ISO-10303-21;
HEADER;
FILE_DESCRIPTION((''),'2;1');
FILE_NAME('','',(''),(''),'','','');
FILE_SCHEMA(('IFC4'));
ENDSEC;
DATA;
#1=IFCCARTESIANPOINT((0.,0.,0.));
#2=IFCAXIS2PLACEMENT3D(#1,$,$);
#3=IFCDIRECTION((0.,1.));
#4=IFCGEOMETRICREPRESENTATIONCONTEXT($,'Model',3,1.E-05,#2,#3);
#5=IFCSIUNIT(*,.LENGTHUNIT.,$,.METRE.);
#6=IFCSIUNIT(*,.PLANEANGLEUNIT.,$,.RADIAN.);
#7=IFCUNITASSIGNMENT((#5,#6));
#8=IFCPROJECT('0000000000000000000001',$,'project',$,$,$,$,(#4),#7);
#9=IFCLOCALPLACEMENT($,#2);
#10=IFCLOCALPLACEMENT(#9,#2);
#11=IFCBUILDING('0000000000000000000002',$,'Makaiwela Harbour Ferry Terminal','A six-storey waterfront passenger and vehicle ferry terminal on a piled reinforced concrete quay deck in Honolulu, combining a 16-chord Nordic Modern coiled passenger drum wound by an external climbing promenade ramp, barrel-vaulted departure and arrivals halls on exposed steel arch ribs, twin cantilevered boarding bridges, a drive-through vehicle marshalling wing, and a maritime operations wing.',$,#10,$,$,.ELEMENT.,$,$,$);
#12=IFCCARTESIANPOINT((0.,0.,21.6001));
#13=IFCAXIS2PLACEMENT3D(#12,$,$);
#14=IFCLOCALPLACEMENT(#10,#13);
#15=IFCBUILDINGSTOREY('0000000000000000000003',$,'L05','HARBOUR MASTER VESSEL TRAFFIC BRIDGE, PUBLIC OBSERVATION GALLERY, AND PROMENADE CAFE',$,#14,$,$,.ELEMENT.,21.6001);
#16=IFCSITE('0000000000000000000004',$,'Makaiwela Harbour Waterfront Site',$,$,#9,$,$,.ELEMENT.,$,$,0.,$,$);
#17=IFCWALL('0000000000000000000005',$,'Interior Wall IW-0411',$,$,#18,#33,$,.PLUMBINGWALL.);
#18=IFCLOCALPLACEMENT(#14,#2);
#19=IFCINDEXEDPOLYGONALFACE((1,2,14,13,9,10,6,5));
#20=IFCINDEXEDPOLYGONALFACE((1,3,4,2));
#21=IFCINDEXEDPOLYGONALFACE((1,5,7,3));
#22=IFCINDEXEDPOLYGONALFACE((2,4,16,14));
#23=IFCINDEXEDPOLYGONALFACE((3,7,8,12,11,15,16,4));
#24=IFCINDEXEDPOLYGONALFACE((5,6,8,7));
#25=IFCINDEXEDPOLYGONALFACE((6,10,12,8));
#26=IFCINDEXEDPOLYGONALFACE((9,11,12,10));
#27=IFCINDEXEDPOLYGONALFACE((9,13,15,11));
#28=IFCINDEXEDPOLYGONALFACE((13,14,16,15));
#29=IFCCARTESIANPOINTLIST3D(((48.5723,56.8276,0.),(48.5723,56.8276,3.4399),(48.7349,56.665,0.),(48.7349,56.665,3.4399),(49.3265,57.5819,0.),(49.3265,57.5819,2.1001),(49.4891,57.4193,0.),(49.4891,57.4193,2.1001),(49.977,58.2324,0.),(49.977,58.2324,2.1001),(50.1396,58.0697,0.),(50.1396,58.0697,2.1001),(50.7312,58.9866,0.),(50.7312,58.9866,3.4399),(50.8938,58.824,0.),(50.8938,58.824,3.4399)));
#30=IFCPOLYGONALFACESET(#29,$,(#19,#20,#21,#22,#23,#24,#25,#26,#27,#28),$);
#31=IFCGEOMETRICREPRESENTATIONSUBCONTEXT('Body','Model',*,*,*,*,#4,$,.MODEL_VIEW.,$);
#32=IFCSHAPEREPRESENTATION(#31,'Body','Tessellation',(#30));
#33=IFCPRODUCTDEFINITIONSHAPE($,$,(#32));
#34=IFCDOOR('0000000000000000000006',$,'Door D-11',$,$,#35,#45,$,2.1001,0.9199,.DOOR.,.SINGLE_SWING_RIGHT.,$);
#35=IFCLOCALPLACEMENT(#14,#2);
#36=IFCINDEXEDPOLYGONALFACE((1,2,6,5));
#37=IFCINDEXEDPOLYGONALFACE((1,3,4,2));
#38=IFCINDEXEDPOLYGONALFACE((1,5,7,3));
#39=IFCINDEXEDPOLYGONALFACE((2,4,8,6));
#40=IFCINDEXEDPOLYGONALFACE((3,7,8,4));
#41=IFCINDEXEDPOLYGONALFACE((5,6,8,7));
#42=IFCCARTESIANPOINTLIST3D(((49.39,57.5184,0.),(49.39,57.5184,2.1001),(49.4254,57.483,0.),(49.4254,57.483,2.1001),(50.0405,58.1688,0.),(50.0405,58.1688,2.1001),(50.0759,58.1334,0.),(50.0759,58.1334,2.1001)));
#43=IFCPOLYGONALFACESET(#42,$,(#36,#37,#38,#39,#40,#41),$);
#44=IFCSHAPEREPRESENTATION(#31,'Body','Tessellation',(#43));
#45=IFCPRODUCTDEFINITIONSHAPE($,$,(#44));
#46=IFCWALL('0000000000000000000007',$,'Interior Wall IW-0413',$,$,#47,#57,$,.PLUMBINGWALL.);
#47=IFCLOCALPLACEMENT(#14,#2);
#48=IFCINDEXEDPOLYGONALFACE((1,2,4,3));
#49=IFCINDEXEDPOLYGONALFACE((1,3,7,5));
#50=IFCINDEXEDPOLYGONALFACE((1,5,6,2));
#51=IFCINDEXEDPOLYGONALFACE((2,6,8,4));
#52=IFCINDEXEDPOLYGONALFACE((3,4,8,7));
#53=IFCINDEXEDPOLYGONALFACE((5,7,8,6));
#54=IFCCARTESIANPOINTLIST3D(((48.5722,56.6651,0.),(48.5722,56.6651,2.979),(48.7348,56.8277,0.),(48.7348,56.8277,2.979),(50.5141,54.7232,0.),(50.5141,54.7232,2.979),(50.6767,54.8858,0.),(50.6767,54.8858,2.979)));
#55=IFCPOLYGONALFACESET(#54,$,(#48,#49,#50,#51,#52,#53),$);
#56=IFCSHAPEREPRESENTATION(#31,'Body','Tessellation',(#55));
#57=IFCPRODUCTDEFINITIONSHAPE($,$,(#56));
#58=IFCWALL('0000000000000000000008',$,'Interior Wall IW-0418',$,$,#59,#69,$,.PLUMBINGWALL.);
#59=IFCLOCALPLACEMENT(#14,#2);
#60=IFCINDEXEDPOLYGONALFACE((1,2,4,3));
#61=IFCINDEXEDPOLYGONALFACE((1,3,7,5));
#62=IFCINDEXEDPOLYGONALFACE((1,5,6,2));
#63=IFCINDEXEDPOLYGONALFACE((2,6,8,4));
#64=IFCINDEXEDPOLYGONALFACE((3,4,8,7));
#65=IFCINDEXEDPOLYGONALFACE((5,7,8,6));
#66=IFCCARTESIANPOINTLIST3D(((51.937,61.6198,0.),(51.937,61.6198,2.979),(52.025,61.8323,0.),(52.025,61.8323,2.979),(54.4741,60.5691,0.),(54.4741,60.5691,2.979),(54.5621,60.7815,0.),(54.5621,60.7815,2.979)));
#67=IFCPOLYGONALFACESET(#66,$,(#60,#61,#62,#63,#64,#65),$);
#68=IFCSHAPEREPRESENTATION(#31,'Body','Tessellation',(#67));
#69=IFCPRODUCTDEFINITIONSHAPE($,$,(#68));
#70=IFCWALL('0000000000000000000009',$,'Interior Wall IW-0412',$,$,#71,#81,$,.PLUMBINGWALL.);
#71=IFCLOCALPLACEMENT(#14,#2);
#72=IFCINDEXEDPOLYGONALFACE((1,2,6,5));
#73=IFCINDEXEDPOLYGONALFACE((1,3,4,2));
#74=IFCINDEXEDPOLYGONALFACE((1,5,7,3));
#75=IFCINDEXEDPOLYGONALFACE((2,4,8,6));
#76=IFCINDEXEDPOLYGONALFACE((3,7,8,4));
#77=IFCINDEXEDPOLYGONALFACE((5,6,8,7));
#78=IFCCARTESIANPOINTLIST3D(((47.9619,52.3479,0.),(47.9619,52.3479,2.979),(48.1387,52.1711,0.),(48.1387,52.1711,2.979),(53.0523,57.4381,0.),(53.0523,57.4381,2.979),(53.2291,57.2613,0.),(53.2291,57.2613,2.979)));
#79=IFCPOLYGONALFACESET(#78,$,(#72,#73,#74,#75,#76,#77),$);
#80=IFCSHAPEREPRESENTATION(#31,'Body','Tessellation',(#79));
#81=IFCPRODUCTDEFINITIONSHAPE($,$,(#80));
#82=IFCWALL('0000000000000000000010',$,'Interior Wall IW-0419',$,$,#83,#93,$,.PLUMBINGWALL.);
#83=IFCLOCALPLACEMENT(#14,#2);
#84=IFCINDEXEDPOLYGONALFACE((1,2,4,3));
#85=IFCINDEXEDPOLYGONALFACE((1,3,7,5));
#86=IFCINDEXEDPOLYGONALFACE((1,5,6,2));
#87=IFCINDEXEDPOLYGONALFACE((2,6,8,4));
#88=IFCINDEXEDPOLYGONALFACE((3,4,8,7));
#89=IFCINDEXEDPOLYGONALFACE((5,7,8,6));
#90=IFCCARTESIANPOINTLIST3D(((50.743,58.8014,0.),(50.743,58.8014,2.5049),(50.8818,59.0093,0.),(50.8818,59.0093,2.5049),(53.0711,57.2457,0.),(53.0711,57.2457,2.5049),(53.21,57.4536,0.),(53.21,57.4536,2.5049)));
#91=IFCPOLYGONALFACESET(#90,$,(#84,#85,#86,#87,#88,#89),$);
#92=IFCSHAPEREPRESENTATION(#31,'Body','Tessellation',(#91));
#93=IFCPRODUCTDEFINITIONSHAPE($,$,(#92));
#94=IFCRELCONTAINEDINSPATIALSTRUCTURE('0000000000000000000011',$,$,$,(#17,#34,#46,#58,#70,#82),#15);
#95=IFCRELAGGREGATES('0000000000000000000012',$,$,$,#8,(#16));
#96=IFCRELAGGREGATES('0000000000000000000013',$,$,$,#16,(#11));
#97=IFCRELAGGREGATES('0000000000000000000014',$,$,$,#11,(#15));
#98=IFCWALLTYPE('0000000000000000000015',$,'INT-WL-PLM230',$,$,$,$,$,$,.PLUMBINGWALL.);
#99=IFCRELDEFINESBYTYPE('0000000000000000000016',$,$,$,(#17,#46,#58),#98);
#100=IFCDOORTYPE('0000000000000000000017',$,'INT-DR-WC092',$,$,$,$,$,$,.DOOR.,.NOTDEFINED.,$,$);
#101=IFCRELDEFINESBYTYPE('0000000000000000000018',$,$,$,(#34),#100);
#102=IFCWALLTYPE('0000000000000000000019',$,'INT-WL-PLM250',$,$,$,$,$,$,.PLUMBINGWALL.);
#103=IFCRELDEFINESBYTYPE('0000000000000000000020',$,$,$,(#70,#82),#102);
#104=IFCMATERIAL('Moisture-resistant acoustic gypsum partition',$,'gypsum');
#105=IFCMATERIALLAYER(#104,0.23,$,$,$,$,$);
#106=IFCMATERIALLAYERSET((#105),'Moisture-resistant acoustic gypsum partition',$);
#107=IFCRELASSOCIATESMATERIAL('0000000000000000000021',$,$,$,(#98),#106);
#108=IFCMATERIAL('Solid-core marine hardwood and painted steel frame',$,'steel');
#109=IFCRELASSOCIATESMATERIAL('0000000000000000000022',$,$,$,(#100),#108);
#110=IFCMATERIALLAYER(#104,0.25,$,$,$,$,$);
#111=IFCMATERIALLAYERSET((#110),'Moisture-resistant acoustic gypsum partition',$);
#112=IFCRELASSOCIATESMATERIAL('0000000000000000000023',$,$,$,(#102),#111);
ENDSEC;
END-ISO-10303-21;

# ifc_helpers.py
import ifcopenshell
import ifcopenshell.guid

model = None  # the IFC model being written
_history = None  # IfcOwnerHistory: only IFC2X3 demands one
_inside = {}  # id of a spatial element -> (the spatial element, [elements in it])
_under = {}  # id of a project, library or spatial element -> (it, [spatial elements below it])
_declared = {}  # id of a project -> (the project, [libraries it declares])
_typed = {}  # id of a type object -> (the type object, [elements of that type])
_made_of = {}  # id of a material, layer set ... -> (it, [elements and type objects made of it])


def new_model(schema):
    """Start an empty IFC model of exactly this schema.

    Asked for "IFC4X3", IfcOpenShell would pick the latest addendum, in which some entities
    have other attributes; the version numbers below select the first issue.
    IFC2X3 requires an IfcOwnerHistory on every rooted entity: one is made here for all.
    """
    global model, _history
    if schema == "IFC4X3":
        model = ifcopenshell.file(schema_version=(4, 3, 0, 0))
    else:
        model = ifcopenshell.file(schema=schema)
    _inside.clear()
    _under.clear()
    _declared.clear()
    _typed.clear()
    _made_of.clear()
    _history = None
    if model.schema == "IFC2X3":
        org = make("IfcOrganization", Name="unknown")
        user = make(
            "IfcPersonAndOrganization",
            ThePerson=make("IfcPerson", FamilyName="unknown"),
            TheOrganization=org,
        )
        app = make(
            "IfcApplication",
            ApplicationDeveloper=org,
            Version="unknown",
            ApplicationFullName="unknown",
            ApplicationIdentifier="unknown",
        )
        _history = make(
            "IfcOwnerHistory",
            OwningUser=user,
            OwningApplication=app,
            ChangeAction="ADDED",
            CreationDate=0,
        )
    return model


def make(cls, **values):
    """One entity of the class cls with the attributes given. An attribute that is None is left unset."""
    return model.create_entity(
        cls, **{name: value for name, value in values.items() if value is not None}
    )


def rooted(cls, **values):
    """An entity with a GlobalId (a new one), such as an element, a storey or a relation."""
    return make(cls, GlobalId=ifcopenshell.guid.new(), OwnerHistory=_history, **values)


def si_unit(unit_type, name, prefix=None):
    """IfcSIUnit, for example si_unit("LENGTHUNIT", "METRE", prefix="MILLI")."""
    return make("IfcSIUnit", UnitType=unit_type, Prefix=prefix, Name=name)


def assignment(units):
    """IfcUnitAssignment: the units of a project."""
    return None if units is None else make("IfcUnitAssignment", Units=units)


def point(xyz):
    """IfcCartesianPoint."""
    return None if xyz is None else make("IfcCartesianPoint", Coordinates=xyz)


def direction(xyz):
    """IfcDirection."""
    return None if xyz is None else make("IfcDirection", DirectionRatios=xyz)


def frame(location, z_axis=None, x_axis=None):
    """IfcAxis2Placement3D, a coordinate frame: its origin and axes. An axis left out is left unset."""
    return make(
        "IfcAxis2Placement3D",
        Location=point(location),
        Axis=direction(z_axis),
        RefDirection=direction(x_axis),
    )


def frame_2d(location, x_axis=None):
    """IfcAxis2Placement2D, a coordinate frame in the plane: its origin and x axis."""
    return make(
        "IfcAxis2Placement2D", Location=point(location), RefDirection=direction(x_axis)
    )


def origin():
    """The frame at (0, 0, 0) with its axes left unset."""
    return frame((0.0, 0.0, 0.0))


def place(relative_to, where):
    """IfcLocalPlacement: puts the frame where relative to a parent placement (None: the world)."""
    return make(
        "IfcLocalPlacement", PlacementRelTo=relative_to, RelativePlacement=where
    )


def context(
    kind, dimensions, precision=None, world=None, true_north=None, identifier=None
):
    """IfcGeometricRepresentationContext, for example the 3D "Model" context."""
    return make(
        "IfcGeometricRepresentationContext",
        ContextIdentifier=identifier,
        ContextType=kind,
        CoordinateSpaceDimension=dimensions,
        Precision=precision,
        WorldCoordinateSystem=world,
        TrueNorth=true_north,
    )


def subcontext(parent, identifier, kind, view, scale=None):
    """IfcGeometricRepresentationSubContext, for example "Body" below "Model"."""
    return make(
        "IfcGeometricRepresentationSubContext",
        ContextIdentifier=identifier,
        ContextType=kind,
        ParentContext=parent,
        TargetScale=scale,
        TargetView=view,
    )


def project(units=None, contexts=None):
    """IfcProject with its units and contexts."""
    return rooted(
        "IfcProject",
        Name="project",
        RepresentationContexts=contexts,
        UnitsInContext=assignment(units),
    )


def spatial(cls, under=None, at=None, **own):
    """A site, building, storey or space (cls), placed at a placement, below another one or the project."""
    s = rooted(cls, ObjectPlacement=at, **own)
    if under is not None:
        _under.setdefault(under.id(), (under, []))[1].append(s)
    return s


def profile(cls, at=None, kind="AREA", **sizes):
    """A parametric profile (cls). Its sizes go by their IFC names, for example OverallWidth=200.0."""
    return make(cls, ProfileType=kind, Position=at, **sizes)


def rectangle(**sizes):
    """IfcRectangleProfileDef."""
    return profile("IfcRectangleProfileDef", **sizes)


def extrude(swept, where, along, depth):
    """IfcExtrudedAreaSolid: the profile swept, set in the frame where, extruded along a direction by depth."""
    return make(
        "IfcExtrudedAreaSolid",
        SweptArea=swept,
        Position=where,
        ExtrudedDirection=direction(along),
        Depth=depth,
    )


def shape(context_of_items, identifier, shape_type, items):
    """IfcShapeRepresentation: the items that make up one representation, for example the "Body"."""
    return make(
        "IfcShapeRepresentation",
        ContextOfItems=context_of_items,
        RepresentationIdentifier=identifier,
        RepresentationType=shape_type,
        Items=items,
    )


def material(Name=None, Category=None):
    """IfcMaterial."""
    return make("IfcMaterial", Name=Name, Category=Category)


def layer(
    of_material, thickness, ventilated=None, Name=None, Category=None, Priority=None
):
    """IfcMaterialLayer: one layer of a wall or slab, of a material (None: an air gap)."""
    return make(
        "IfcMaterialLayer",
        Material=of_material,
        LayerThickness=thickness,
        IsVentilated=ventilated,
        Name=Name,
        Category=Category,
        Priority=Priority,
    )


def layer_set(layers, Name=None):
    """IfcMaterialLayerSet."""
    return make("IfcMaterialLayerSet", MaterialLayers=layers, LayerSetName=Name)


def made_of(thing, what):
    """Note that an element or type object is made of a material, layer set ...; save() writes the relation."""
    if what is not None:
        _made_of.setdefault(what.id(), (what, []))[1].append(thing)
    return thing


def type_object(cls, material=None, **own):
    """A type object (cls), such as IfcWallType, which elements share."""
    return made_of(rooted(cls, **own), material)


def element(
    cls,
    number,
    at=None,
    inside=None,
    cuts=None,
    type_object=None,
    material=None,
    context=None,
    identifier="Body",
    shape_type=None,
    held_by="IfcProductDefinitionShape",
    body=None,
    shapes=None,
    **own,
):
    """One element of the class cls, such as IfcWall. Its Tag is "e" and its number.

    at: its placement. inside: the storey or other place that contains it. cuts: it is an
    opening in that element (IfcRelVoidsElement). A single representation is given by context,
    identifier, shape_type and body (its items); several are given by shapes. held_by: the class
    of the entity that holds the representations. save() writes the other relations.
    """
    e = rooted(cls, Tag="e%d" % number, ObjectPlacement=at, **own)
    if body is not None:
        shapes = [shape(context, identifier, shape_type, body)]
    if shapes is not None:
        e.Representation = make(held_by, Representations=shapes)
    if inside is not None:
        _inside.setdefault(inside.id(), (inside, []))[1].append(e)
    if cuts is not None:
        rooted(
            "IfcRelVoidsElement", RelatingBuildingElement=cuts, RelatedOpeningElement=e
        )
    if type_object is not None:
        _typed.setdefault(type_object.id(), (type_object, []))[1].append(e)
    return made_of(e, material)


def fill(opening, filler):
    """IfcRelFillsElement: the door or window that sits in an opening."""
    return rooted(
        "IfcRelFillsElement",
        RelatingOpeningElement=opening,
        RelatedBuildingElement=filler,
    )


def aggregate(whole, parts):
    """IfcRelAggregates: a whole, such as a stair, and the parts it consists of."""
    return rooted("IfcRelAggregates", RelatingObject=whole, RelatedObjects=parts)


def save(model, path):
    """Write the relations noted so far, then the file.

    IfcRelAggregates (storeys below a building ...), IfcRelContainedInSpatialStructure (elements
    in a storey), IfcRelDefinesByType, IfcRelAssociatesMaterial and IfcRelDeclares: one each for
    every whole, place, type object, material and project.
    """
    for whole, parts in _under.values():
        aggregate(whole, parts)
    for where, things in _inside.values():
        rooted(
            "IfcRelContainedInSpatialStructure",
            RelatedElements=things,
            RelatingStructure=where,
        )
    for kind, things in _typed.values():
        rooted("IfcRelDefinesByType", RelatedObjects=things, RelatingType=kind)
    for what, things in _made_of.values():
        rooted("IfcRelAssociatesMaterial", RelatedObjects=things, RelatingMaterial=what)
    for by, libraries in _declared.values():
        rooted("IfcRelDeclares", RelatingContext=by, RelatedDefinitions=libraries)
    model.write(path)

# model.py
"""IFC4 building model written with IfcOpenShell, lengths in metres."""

from ifc_helpers import new_model, si_unit, direction, frame, frame_2d, origin, place, context, subcontext, project, spatial, rectangle, extrude, material, layer, layer_set, type_object, element, fill, save


model = new_model("IFC4")

# Units and contexts
model_context = context("Model", 3, precision=1e-05, world=origin(), true_north=direction((0.0, 1.0)))
body_context = subcontext(model_context, "Body", "Model", "MODEL_VIEW")
ifc_project = project(units=[si_unit("LENGTHUNIT", "METRE"), si_unit("PLANEANGLEUNIT", "RADIAN")], contexts=[model_context])

# Site, building, storey
site_placement = place(None, origin())
site = spatial("IfcSite", under=ifc_project, at=site_placement, Name="Makaiwela Harbour Waterfront Site", CompositionType="ELEMENT", RefElevation=0.0)
building_placement = place(site_placement, origin())
building = spatial("IfcBuilding", under=site, at=building_placement, Name="Makaiwela Harbour Ferry Terminal", Description="A six-storey waterfront passenger and vehicle ferry terminal on a piled reinforced concrete quay deck in Honolulu, combining a 16-chord Nordic Modern coiled passenger drum wound by an external climbing promenade ramp, barrel-vaulted departure and arrivals halls on exposed steel arch ribs, twin cantilevered boarding bridges, a drive-through vehicle marshalling wing, and a maritime operations wing.", CompositionType="ELEMENT")
storey_placement = place(building_placement, frame((0.0, 0.0, 21.6001)))
storey = spatial("IfcBuildingStorey", under=building, at=storey_placement, Name="L05", Description="HARBOUR MASTER VESSEL TRAFFIC BRIDGE, PUBLIC OBSERVATION GALLERY, AND PROMENADE CAFE", CompositionType="ELEMENT", Elevation=21.6001)

# Wall, opening, door
ifc_material_1 = material(Name="Moisture-resistant acoustic gypsum partition", Category="gypsum")
ifc_layer_1 = layer(ifc_material_1, 0.23)
ifc_layer_set_1 = layer_set([ifc_layer_1], Name="Moisture-resistant acoustic gypsum partition")
wall_type_1 = type_object("IfcWallType", Name="INT-WL-PLM230", PredefinedType="PLUMBINGWALL", material=ifc_layer_set_1)
wall_1_placement = place(storey_placement, frame((48.6536, 56.7463, 0.0), z_axis=(0.0, 0.0, 1.0), x_axis=(0.707107, 0.707107, 0.0)))
wall_1 = element("IfcWall", 1, at=wall_1_placement, inside=storey, type_object=wall_type_1, Name="Interior Wall IW-0411", PredefinedType="PLUMBINGWALL", context=body_context, shape_type="SweptSolid", body=[
    extrude(rectangle(XDim=3.0532, YDim=0.23, at=frame_2d((1.5266, 0.0))), origin(), (0.0, 0.0, 1.0), 3.4399),
])
opening_1_placement = place(wall_1_placement, frame((1.0667, 0.0, 0.0)))
opening_1 = element("IfcOpeningElement", 2, at=opening_1_placement, cuts=wall_1, PredefinedType="OPENING", context=body_context, shape_type="SweptSolid", body=[
    extrude(rectangle(XDim=0.9199, YDim=2.1001, at=frame_2d((0.46, 1.05))), frame((0.0, 0.125, 0.0), z_axis=(0.0, -1.0, 0.0), x_axis=(1.0, 0.0, 0.0)), (0.0, 0.0, 1.0), 0.25),
])
ifc_material_2 = material(Name="Solid-core marine hardwood and painted steel frame", Category="steel")
door_type_1 = type_object("IfcDoorType", Name="INT-DR-WC092", OperationType="NOTDEFINED", PredefinedType="DOOR", material=ifc_material_2)
door_1_placement = place(opening_1_placement, frame((0.9199, 0.0, 0.0), z_axis=(0.0, 0.0, 1.0), x_axis=(-1.0, 0.0, 0.0)))
door_1 = element("IfcDoor", 3, at=door_1_placement, inside=storey, type_object=door_type_1, Name="Door D-11", OperationType="SINGLE_SWING_RIGHT", OverallHeight=2.1001, OverallWidth=0.9199, PredefinedType="DOOR", context=body_context, shape_type="SweptSolid", body=[
    extrude(rectangle(XDim=0.9199, YDim=2.1001, at=frame_2d((0.46, 1.05))), frame((0.0, 0.0249, 0.0), z_axis=(0.0, -1.0, 0.0), x_axis=(1.0, 0.0, 0.0)), (0.0, 0.0, 1.0), 0.05),
])
fill(opening_1, door_1)

# Wall
wall_2_placement = place(storey_placement, frame((48.6536, 56.7463, 0.0), z_axis=(0.0, 0.0, 1.0), x_axis=(0.707107, -0.707107, 0.0)))
element("IfcWall", 4, at=wall_2_placement, inside=storey, type_object=wall_type_1, Name="Interior Wall IW-0413", PredefinedType="PLUMBINGWALL", context=body_context, shape_type="SweptSolid", body=[
    extrude(rectangle(XDim=2.7463, YDim=0.23, at=frame_2d((1.373, 0.0))), origin(), (0.0, 0.0, 1.0), 2.979),
])

# Walls
wall_3_placement = place(storey_placement, frame((51.981, 61.7261, 0.0), z_axis=(0.0, 0.0, 1.0), x_axis=(0.923895, -0.382645, 0.0)))
element("IfcWall", 5, at=wall_3_placement, inside=storey, type_object=wall_type_1, Name="Interior Wall IW-0418", PredefinedType="PLUMBINGWALL", context=body_context, shape_type="SweptSolid", body=[
    extrude(rectangle(XDim=2.7461, YDim=0.23, at=frame_2d((1.373, 0.0))), origin(), (0.0, 0.0, 1.0), 2.979),
])
ifc_layer_2 = layer(ifc_material_1, 0.25)
ifc_layer_set_2 = layer_set([ifc_layer_2], Name="Moisture-resistant acoustic gypsum partition")
wall_type_2 = type_object("IfcWallType", Name="INT-WL-PLM250", PredefinedType="PLUMBINGWALL", material=ifc_layer_set_2)
wall_4_placement = place(storey_placement, frame((48.0503, 52.2595, 0.0), z_axis=(0.0, 0.0, 1.0), x_axis=(0.707124, 0.70709, 0.0)))
element("IfcWall", 6, at=wall_4_placement, inside=storey, type_object=wall_type_2, Name="Interior Wall IW-0412", PredefinedType="PLUMBINGWALL", context=body_context, shape_type="SweptSolid", body=[
    extrude(rectangle(XDim=7.1987, YDim=0.25, at=frame_2d((3.5994, 0.0))), origin(), (0.0, 0.0, 1.0), 2.979),
])

# Wall
wall_5_placement = place(storey_placement, frame((50.8125, 58.9053, 0.0), z_axis=(0.0, 0.0, 1.0), x_axis=(0.83146, -0.555585, 0.0)))
element("IfcWall", 7, at=wall_5_placement, inside=storey, type_object=wall_type_2, Name="Interior Wall IW-0419", PredefinedType="PLUMBINGWALL", context=body_context, shape_type="SweptSolid", body=[
    extrude(rectangle(XDim=2.8, YDim=0.25, at=frame_2d((1.3999, 0.0))), origin(), (0.0, 0.0, 1.0), 2.5049),
])

save(model, "model.ifc")
